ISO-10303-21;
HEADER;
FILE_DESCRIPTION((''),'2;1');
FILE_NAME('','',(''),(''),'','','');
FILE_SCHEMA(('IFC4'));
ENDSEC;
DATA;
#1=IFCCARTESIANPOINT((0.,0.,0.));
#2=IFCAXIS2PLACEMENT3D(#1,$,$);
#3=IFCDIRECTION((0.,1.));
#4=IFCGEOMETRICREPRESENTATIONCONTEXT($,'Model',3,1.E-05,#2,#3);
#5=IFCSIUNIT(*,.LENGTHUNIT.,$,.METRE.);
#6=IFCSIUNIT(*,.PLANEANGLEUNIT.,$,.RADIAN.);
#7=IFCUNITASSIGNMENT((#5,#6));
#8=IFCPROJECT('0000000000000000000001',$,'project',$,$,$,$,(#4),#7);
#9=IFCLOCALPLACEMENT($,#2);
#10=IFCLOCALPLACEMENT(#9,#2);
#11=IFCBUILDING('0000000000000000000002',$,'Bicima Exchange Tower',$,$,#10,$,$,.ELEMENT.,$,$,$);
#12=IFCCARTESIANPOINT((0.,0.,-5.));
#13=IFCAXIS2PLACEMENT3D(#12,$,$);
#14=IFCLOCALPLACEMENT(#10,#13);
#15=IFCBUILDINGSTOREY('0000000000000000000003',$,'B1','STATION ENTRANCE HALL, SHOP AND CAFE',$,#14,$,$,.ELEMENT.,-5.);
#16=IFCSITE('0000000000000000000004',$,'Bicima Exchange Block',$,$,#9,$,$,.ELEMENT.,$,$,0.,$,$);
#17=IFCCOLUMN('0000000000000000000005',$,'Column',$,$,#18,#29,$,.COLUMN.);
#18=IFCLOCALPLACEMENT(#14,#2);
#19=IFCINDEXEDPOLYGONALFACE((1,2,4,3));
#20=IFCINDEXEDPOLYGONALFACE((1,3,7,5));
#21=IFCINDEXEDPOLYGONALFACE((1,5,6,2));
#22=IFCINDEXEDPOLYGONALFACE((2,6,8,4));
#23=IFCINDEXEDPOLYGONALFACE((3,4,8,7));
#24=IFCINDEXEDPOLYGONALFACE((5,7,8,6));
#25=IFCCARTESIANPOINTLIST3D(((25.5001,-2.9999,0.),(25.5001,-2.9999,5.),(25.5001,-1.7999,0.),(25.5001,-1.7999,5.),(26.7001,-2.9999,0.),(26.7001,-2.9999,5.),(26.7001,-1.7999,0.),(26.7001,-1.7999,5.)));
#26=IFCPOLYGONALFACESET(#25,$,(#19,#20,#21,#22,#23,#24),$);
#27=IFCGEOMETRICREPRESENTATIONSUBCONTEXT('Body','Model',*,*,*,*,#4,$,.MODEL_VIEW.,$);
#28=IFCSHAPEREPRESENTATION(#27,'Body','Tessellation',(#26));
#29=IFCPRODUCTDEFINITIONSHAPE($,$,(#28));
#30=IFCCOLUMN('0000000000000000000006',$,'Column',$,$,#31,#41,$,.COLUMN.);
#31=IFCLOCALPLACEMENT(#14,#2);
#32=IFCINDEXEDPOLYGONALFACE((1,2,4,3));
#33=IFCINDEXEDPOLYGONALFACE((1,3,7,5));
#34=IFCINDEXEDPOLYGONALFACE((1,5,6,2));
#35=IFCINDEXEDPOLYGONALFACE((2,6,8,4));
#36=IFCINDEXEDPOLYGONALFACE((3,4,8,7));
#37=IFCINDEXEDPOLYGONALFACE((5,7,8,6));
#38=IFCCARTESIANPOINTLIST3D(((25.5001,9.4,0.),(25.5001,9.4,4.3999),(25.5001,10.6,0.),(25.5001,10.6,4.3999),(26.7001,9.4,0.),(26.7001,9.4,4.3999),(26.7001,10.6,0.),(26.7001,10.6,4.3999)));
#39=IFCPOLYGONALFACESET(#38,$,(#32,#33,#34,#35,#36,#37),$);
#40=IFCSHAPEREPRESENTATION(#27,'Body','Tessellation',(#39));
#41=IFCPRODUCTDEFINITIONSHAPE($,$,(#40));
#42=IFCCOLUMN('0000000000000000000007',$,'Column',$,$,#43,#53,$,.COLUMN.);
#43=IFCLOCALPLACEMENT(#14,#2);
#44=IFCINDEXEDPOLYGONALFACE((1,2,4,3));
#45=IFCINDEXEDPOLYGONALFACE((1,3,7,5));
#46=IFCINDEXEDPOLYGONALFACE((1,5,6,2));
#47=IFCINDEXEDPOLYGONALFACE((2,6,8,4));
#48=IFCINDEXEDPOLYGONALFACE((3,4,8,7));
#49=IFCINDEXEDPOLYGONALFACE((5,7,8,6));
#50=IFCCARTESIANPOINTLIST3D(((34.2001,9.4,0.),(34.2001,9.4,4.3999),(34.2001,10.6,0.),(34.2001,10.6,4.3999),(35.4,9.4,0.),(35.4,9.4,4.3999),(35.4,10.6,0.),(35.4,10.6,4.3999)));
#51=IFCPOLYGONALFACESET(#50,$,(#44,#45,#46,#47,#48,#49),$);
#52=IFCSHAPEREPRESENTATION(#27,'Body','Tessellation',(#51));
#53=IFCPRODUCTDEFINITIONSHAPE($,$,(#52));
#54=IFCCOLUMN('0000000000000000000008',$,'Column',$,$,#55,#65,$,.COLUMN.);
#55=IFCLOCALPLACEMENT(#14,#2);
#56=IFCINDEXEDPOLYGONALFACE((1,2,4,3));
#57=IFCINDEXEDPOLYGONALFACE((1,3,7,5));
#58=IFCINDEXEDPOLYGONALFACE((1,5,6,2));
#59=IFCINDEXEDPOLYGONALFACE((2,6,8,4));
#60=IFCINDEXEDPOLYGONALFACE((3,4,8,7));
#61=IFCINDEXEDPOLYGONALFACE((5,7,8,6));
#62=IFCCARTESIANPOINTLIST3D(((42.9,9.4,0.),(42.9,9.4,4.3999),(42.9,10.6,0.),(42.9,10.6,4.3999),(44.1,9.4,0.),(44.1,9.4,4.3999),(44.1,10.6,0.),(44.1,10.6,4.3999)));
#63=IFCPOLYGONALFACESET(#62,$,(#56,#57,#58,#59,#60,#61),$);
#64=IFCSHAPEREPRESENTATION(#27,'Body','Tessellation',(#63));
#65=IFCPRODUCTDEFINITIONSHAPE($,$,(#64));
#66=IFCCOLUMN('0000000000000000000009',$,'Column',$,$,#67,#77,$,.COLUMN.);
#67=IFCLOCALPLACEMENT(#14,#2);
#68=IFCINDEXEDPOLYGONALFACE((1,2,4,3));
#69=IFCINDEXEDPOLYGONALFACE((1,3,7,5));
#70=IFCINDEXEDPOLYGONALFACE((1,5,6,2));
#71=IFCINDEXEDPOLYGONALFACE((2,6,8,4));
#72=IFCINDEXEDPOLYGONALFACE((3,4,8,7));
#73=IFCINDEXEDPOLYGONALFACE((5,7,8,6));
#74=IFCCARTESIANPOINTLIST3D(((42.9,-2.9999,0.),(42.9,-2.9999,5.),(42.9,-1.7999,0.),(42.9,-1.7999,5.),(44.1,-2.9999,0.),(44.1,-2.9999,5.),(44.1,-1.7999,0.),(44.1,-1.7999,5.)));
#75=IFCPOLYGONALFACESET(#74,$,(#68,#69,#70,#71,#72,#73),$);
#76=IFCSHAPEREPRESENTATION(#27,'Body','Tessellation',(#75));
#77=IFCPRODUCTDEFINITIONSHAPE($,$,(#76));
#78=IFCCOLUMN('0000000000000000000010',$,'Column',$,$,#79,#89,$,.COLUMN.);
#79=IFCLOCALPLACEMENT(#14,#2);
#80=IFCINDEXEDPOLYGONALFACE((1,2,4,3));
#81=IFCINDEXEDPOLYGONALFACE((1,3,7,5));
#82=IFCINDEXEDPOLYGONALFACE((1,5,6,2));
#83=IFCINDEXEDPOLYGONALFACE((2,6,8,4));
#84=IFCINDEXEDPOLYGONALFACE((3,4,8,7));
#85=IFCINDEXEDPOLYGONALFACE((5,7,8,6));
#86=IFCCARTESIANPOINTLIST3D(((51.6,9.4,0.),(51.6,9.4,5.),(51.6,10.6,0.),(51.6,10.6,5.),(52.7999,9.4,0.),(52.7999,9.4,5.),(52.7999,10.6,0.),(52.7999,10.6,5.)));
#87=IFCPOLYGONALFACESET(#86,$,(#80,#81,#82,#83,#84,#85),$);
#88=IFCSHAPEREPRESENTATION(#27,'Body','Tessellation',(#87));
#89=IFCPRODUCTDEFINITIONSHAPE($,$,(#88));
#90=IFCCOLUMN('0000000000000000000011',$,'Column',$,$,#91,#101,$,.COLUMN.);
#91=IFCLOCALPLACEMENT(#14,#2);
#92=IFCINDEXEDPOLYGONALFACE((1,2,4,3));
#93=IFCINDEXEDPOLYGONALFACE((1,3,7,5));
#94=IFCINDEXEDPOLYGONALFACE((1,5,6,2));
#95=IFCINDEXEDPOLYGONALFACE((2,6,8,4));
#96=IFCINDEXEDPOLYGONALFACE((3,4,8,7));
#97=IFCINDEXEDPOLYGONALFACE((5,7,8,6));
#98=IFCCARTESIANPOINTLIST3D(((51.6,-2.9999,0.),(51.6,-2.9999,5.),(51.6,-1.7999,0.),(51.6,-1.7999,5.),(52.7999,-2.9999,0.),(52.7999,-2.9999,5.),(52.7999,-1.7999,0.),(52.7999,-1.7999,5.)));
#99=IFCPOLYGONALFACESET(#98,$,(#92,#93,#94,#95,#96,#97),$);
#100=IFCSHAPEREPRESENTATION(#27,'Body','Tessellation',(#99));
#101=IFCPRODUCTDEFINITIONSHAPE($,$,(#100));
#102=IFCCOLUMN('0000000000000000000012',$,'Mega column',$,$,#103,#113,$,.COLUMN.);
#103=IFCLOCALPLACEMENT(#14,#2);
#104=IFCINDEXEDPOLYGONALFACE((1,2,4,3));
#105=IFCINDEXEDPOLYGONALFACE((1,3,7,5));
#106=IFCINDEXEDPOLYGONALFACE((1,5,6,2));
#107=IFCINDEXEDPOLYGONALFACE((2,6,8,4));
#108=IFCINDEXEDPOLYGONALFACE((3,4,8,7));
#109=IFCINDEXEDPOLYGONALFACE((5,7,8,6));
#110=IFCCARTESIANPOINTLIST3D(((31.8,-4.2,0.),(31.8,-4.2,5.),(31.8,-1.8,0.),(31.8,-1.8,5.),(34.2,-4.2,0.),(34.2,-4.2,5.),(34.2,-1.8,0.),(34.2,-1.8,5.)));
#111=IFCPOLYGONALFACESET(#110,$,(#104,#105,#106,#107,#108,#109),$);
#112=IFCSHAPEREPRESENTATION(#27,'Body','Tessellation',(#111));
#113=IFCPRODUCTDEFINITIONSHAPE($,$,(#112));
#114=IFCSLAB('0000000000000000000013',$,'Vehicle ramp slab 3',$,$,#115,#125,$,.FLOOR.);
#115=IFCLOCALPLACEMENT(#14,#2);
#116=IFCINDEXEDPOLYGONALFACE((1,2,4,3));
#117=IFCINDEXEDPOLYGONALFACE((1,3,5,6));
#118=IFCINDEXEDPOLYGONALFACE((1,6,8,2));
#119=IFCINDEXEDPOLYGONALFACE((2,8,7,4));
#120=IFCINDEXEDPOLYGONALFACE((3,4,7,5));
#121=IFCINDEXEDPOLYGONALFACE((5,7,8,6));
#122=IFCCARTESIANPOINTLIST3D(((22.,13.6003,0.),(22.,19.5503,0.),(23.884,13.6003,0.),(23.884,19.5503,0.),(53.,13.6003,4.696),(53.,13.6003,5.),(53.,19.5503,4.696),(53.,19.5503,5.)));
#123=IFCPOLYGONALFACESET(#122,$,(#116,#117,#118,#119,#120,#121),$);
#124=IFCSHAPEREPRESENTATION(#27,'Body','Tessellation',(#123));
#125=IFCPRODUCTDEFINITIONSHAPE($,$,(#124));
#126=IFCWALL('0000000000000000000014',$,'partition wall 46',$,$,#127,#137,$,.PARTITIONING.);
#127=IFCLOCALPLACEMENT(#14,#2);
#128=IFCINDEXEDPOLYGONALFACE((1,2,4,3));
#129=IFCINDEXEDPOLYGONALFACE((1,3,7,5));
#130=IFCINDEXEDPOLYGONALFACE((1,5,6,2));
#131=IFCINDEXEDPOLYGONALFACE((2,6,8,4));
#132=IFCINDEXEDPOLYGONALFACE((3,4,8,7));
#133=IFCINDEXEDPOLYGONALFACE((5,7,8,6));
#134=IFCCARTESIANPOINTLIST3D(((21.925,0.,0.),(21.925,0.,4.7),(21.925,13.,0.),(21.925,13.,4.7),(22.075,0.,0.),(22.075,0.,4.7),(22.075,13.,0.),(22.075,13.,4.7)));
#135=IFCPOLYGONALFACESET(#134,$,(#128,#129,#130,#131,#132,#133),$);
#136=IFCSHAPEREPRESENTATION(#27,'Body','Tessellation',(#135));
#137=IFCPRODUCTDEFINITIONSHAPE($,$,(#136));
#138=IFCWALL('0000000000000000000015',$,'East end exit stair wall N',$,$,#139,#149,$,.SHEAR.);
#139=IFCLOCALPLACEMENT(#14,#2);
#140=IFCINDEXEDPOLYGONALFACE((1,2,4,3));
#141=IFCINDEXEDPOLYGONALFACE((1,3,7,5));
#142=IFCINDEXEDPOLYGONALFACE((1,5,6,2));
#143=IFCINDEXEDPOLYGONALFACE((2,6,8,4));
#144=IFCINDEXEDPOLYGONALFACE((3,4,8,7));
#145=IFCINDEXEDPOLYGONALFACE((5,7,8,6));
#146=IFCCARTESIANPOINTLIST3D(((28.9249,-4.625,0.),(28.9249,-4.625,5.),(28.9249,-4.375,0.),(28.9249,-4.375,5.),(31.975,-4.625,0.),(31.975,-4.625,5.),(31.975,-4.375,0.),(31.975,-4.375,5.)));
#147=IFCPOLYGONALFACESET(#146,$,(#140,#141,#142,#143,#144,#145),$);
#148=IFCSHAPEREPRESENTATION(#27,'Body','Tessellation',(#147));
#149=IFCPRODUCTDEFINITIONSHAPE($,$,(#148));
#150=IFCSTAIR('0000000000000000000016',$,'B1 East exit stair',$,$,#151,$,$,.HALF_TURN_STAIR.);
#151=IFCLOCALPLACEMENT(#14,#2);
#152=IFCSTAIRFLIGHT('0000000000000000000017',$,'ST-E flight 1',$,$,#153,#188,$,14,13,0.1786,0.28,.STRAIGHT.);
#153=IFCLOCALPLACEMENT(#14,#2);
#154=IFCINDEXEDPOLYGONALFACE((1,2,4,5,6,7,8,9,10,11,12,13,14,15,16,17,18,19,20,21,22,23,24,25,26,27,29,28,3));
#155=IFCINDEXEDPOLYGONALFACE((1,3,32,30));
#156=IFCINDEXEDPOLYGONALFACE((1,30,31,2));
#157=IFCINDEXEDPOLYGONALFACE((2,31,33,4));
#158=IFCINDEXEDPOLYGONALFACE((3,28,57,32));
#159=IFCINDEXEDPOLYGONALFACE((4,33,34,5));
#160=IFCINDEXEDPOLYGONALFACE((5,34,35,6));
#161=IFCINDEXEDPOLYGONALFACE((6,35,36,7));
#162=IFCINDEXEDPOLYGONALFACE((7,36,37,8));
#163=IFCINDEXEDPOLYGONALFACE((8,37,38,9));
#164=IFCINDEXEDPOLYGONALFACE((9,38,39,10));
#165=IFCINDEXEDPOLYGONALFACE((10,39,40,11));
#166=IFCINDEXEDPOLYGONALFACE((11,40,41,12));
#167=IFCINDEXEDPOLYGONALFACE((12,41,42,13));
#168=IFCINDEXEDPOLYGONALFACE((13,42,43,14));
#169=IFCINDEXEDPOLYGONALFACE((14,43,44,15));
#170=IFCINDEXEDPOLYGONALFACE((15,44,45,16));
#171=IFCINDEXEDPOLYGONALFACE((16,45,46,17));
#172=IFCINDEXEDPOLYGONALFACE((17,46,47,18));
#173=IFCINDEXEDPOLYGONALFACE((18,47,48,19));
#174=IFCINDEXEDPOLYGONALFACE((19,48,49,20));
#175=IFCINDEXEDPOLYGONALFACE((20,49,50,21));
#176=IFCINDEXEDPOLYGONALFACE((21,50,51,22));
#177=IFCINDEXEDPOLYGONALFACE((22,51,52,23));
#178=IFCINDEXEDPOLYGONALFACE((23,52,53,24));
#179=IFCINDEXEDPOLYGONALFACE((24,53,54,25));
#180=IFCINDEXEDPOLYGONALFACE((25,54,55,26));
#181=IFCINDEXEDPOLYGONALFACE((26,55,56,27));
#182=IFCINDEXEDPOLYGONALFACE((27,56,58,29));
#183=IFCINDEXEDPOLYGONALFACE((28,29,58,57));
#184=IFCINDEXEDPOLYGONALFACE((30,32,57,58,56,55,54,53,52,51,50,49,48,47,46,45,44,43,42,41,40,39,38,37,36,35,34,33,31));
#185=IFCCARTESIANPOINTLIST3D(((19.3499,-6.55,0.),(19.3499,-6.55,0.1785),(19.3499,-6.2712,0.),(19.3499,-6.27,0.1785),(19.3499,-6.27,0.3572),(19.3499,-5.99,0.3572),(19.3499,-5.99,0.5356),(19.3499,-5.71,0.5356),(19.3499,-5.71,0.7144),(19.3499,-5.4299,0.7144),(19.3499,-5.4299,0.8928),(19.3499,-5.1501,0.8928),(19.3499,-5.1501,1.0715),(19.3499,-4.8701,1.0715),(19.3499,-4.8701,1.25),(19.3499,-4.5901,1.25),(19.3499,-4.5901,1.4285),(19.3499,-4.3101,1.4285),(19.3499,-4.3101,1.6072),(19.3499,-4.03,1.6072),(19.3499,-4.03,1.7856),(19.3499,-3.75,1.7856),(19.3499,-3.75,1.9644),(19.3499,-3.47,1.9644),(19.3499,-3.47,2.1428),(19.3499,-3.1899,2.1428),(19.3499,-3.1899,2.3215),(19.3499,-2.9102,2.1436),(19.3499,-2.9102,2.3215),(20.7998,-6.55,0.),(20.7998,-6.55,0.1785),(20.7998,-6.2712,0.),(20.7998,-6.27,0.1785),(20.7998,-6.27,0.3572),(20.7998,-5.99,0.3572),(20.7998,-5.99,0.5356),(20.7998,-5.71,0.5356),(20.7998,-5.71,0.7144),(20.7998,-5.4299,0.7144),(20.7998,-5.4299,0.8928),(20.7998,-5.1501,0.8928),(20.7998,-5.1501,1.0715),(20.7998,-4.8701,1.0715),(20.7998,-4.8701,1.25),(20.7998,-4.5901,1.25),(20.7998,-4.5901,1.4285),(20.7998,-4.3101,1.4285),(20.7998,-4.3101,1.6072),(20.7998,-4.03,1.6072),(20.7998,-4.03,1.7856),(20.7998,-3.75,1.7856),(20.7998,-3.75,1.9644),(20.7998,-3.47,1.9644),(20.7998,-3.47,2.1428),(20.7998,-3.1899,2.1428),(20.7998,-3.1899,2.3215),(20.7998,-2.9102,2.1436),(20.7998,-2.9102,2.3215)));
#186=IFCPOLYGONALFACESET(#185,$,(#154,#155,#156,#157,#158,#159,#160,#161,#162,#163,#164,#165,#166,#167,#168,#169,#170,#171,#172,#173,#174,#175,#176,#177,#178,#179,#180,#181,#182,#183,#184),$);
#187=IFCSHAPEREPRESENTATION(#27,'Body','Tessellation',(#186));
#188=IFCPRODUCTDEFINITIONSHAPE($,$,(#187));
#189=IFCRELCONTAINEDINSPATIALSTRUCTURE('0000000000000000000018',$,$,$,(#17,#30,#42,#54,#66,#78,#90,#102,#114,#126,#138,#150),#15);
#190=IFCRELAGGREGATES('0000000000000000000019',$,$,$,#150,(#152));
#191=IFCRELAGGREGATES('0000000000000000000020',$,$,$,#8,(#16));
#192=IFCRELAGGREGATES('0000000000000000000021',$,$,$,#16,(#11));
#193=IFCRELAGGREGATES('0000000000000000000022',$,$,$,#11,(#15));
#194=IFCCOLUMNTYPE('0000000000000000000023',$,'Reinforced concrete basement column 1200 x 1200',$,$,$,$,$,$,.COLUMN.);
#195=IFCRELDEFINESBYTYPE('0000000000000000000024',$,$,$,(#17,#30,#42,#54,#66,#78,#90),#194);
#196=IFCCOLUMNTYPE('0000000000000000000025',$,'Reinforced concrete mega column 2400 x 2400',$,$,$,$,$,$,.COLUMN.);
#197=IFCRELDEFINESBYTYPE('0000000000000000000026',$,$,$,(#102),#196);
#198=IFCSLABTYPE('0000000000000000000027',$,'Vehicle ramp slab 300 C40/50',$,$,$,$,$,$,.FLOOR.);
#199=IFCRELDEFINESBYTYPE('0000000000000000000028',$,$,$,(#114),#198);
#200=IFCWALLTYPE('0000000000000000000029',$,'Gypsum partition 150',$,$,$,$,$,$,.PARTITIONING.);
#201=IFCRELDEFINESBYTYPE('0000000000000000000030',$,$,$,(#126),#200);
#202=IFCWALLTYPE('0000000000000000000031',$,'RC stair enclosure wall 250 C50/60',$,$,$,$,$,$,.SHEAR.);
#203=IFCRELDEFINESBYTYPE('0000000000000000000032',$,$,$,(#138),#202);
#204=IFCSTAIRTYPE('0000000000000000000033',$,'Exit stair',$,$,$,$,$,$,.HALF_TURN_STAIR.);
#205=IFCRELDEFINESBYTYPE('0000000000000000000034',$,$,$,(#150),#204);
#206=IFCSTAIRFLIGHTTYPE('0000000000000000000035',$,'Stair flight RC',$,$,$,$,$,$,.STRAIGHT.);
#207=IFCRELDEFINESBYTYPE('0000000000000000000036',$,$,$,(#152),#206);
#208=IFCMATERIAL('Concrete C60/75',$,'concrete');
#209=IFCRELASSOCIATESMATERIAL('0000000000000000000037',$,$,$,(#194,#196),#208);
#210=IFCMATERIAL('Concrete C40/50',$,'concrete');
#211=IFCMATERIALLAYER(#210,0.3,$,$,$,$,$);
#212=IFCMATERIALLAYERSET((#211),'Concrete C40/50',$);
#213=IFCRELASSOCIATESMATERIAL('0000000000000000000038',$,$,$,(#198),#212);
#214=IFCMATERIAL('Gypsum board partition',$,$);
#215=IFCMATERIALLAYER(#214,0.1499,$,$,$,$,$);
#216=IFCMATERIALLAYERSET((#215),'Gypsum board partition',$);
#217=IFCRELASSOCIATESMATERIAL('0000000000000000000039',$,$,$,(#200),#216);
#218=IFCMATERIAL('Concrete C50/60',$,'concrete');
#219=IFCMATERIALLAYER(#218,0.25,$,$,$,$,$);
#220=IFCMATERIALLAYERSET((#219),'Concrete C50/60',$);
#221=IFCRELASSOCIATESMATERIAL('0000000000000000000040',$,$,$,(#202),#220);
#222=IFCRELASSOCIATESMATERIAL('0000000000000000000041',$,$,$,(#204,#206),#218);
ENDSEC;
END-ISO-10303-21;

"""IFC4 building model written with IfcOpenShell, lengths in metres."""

from ifc_helpers import new_model, si_unit, direction, frame, frame_2d, origin, origin_2d, place, context, subcontext, project, spatial, polyline, rectangle, outline, extrude, material, layer, layer_set, material_profile, profile_set, type_object, element, aggregate, save


model = new_model("IFC4")

# Units and contexts
model_context = context("Model", 3, precision=1e-05, world=origin(), true_north=direction((0.0, 1.0)))
body_context = subcontext(model_context, "Body", "Model", "MODEL_VIEW")
ifc_project = project(units=[si_unit("LENGTHUNIT", "METRE"), si_unit("PLANEANGLEUNIT", "RADIAN")], contexts=[model_context])

# Site, building, storey
site_placement = place(None, origin())
site = spatial("IfcSite", under=ifc_project, at=site_placement, Name="Bicima Exchange Block", CompositionType="ELEMENT", RefElevation=0.0)
building_placement = place(site_placement, origin())
building = spatial("IfcBuilding", under=site, at=building_placement, Name="Bicima Exchange Tower", CompositionType="ELEMENT")
storey_placement = place(building_placement, frame((0.0, 0.0, -5.0)))
storey = spatial("IfcBuildingStorey", under=building, at=storey_placement, Name="B1", Description="STATION ENTRANCE HALL, SHOP AND CAFE", CompositionType="ELEMENT", Elevation=-5.0)

# Columns
ifc_material_1 = material(Name="Concrete C60/75", Category="concrete")
ifc_material_profile_1 = material_profile(ifc_material_1, rectangle(XDim=1.2, YDim=1.2, at=origin_2d()))
ifc_profile_set_1 = profile_set([ifc_material_profile_1], Name="Concrete C60/75")
column_type_1 = type_object("IfcColumnType", Name="Reinforced concrete basement column 1200 x 1200", PredefinedType="COLUMN", material=ifc_profile_set_1)
column_1_placement = place(storey_placement, frame((26.1001, -2.3999, 0.0), z_axis=(0.0, 0.0, 1.0), x_axis=(1.0, 0.0, 0.0)))
element("IfcColumn", 1, at=column_1_placement, inside=storey, type_object=column_type_1, Name="Column", PredefinedType="COLUMN", context=body_context, shape_type="SweptSolid", body=[
    extrude(rectangle(XDim=1.2, YDim=1.2, at=origin_2d()), origin(), (0.0, 0.0, 1.0), 5.0),
])
for number, where, z_axis, x_axis, name in (
    (2, (26.1001, 10.0, 0.0), (0.0, 0.0, 1.0), (1.0, 0.0, 0.0), "Column"),
    (3, (34.8, 10.0, 0.0), (0.0, 0.0, 1.0), (1.0, 0.0, 0.0), "Column"),
    (4, (43.5, 10.0, 0.0), (0.0, 0.0, 1.0), (1.0, 0.0, 0.0), "Column"),
):
    element("IfcColumn", number, at=place(storey_placement, frame(where, z_axis=z_axis, x_axis=x_axis)), inside=storey, type_object=column_type_1, Name=name, PredefinedType="COLUMN", context=body_context, shape_type="SweptSolid", body=[
        extrude(rectangle(XDim=1.2, YDim=1.2, at=origin_2d()), origin(), (0.0, 0.0, 1.0), 4.3999),
    ])
for number, where, z_axis, x_axis, name in (
    (5, (43.5, -2.3999, 0.0), (0.0, 0.0, 1.0), (1.0, 0.0, 0.0), "Column"),
    (6, (52.2, 10.0, 0.0), (0.0, 0.0, 1.0), (1.0, 0.0, 0.0), "Column"),
    (7, (52.2, -2.3999, 0.0), (0.0, 0.0, 1.0), (1.0, 0.0, 0.0), "Column"),
):
    element("IfcColumn", number, at=place(storey_placement, frame(where, z_axis=z_axis, x_axis=x_axis)), inside=storey, type_object=column_type_1, Name=name, PredefinedType="COLUMN", context=body_context, shape_type="SweptSolid", body=[
        extrude(rectangle(XDim=1.2, YDim=1.2, at=origin_2d()), origin(), (0.0, 0.0, 1.0), 5.0),
    ])
ifc_material_profile_2 = material_profile(ifc_material_1, rectangle(XDim=2.3999, YDim=2.3999, at=origin_2d()))
ifc_profile_set_2 = profile_set([ifc_material_profile_2], Name="Concrete C60/75")
column_type_2 = type_object("IfcColumnType", Name="Reinforced concrete mega column 2400 x 2400", PredefinedType="COLUMN", material=ifc_profile_set_2)
column_2_placement = place(storey_placement, frame((33.0, -3.0, 0.0), z_axis=(0.0, 0.0, 1.0), x_axis=(1.0, 0.0, 0.0)))
element("IfcColumn", 8, at=column_2_placement, inside=storey, type_object=column_type_2, Name="Mega column", PredefinedType="COLUMN", context=body_context, shape_type="SweptSolid", body=[
    extrude(rectangle(XDim=2.3999, YDim=2.3999, at=origin_2d()), origin(), (0.0, 0.0, 1.0), 5.0),
])

# Slab
ifc_material_2 = material(Name="Concrete C40/50", Category="concrete")
ifc_layer_1 = layer(ifc_material_2, 0.3)
ifc_layer_set_1 = layer_set([ifc_layer_1], Name="Concrete C40/50")
slab_type = type_object("IfcSlabType", Name="Vehicle ramp slab 300 C40/50", PredefinedType="FLOOR", material=ifc_layer_set_1)
slab_placement = place(storey_placement, frame((22.0, 16.5752, 0.0), z_axis=(0.0, 0.0, 1.0), x_axis=(1.0, 0.0, 0.0)))
element("IfcSlab", 9, at=slab_placement, inside=storey, type_object=slab_type, Name="Vehicle ramp slab 3", PredefinedType="FLOOR", context=body_context, shape_type="SweptSolid", body=[
    extrude(outline(polyline([(0.0, 0.0), (31.0, 5.0), (31.0, 4.696), (1.884, 0.0), (0.0, 0.0)])), frame((0.0, 2.9751, 0.0), z_axis=(0.0, -1.0, 0.0), x_axis=(1.0, 0.0, 0.0)), (0.0, 0.0, 1.0), 5.95),
])

# Walls
ifc_material_3 = material(Name="Gypsum board partition")
ifc_layer_2 = layer(ifc_material_3, 0.1499)
ifc_layer_set_2 = layer_set([ifc_layer_2], Name="Gypsum board partition")
wall_type_1 = type_object("IfcWallType", Name="Gypsum partition 150", PredefinedType="PARTITIONING", material=ifc_layer_set_2)
wall_1_placement = place(storey_placement, frame((22.0, 0.0, 0.0), z_axis=(0.0, 0.0, 1.0), x_axis=(0.0, 1.0, 0.0)))
element("IfcWall", 10, at=wall_1_placement, inside=storey, type_object=wall_type_1, Name="partition wall 46", PredefinedType="PARTITIONING", context=body_context, shape_type="SweptSolid", body=[
    extrude(rectangle(XDim=13.0, YDim=0.1499, at=frame_2d((6.5, 0.0))), origin(), (0.0, 0.0, 1.0), 4.7),
])
ifc_material_4 = material(Name="Concrete C50/60", Category="concrete")
ifc_layer_3 = layer(ifc_material_4, 0.25)
ifc_layer_set_3 = layer_set([ifc_layer_3], Name="Concrete C50/60")
wall_type_2 = type_object("IfcWallType", Name="RC stair enclosure wall 250 C50/60", PredefinedType="SHEAR", material=ifc_layer_set_3)
wall_2_placement = place(storey_placement, frame((28.925, -4.5, 0.0), z_axis=(0.0, 0.0, 1.0), x_axis=(1.0, 0.0, 0.0)))
element("IfcWall", 11, at=wall_2_placement, inside=storey, type_object=wall_type_2, Name="East end exit stair wall N", PredefinedType="SHEAR", context=body_context, shape_type="SweptSolid", body=[
    extrude(rectangle(XDim=3.05, YDim=0.25, at=frame_2d((1.5249, 0.0))), origin(), (0.0, 0.0, 1.0), 5.0),
])

# Stair, stair flight
stair_type = type_object("IfcStairType", Name="Exit stair", PredefinedType="HALF_TURN_STAIR", material=ifc_material_4)
stair_1_placement = place(storey_placement, origin())
stair_1 = element("IfcStair", 12, at=stair_1_placement, inside=storey, type_object=stair_type, Name="B1 East exit stair", PredefinedType="HALF_TURN_STAIR")
stair_flight_type = type_object("IfcStairFlightType", Name="Stair flight RC", PredefinedType="STRAIGHT", material=ifc_material_4)
stair_flight_1_placement = place(storey_placement, frame((20.075, -6.55, 0.0), z_axis=(0.0, 0.0, 1.0), x_axis=(0.0, 1.0, 0.0)))
stair_flight_1 = element("IfcStairFlight", 13, at=stair_flight_1_placement, type_object=stair_flight_type, Name="ST-E flight 1", NumberOfRisers=14, NumberOfTreads=13, PredefinedType="STRAIGHT", RiserHeight=0.1786, TreadLength=0.28, context=body_context, shape_type="SweptSolid", body=[
    extrude(outline(polyline([(0.0, 0.0), (0.0, 0.1785), (0.28, 0.1785), (0.28, 0.3572), (0.5601, 0.3572), (0.5601, 0.5356), (0.8401, 0.5356), (0.8401, 0.7144), (1.1201, 0.7144), (1.1201, 0.8928), (1.3999, 0.8928), (1.3999, 1.0715), (1.6799, 1.0715), (1.6799, 1.25), (1.96, 1.25), (1.96, 1.4285), (2.24, 1.4285), (2.24, 1.6072), (2.52, 1.6072), (2.52, 1.7856), (2.8, 1.7856), (2.8, 1.9644), (3.0801, 1.9644), (3.0801, 2.1428), (3.3601, 2.1428), (3.3601, 2.3215), (3.6399, 2.3215), (3.6399, 2.5), (3.6399, 2.1436), (0.2788, 0.0), (0.0, 0.0)])), frame((0.0, 0.7251, 0.0), z_axis=(0.0, -1.0, 0.0), x_axis=(1.0, 0.0, 0.0)), (0.0, 0.0, 1.0), 1.45),
])
aggregate(stair_1, [stair_flight_1])

save(model, "model.ifc")
